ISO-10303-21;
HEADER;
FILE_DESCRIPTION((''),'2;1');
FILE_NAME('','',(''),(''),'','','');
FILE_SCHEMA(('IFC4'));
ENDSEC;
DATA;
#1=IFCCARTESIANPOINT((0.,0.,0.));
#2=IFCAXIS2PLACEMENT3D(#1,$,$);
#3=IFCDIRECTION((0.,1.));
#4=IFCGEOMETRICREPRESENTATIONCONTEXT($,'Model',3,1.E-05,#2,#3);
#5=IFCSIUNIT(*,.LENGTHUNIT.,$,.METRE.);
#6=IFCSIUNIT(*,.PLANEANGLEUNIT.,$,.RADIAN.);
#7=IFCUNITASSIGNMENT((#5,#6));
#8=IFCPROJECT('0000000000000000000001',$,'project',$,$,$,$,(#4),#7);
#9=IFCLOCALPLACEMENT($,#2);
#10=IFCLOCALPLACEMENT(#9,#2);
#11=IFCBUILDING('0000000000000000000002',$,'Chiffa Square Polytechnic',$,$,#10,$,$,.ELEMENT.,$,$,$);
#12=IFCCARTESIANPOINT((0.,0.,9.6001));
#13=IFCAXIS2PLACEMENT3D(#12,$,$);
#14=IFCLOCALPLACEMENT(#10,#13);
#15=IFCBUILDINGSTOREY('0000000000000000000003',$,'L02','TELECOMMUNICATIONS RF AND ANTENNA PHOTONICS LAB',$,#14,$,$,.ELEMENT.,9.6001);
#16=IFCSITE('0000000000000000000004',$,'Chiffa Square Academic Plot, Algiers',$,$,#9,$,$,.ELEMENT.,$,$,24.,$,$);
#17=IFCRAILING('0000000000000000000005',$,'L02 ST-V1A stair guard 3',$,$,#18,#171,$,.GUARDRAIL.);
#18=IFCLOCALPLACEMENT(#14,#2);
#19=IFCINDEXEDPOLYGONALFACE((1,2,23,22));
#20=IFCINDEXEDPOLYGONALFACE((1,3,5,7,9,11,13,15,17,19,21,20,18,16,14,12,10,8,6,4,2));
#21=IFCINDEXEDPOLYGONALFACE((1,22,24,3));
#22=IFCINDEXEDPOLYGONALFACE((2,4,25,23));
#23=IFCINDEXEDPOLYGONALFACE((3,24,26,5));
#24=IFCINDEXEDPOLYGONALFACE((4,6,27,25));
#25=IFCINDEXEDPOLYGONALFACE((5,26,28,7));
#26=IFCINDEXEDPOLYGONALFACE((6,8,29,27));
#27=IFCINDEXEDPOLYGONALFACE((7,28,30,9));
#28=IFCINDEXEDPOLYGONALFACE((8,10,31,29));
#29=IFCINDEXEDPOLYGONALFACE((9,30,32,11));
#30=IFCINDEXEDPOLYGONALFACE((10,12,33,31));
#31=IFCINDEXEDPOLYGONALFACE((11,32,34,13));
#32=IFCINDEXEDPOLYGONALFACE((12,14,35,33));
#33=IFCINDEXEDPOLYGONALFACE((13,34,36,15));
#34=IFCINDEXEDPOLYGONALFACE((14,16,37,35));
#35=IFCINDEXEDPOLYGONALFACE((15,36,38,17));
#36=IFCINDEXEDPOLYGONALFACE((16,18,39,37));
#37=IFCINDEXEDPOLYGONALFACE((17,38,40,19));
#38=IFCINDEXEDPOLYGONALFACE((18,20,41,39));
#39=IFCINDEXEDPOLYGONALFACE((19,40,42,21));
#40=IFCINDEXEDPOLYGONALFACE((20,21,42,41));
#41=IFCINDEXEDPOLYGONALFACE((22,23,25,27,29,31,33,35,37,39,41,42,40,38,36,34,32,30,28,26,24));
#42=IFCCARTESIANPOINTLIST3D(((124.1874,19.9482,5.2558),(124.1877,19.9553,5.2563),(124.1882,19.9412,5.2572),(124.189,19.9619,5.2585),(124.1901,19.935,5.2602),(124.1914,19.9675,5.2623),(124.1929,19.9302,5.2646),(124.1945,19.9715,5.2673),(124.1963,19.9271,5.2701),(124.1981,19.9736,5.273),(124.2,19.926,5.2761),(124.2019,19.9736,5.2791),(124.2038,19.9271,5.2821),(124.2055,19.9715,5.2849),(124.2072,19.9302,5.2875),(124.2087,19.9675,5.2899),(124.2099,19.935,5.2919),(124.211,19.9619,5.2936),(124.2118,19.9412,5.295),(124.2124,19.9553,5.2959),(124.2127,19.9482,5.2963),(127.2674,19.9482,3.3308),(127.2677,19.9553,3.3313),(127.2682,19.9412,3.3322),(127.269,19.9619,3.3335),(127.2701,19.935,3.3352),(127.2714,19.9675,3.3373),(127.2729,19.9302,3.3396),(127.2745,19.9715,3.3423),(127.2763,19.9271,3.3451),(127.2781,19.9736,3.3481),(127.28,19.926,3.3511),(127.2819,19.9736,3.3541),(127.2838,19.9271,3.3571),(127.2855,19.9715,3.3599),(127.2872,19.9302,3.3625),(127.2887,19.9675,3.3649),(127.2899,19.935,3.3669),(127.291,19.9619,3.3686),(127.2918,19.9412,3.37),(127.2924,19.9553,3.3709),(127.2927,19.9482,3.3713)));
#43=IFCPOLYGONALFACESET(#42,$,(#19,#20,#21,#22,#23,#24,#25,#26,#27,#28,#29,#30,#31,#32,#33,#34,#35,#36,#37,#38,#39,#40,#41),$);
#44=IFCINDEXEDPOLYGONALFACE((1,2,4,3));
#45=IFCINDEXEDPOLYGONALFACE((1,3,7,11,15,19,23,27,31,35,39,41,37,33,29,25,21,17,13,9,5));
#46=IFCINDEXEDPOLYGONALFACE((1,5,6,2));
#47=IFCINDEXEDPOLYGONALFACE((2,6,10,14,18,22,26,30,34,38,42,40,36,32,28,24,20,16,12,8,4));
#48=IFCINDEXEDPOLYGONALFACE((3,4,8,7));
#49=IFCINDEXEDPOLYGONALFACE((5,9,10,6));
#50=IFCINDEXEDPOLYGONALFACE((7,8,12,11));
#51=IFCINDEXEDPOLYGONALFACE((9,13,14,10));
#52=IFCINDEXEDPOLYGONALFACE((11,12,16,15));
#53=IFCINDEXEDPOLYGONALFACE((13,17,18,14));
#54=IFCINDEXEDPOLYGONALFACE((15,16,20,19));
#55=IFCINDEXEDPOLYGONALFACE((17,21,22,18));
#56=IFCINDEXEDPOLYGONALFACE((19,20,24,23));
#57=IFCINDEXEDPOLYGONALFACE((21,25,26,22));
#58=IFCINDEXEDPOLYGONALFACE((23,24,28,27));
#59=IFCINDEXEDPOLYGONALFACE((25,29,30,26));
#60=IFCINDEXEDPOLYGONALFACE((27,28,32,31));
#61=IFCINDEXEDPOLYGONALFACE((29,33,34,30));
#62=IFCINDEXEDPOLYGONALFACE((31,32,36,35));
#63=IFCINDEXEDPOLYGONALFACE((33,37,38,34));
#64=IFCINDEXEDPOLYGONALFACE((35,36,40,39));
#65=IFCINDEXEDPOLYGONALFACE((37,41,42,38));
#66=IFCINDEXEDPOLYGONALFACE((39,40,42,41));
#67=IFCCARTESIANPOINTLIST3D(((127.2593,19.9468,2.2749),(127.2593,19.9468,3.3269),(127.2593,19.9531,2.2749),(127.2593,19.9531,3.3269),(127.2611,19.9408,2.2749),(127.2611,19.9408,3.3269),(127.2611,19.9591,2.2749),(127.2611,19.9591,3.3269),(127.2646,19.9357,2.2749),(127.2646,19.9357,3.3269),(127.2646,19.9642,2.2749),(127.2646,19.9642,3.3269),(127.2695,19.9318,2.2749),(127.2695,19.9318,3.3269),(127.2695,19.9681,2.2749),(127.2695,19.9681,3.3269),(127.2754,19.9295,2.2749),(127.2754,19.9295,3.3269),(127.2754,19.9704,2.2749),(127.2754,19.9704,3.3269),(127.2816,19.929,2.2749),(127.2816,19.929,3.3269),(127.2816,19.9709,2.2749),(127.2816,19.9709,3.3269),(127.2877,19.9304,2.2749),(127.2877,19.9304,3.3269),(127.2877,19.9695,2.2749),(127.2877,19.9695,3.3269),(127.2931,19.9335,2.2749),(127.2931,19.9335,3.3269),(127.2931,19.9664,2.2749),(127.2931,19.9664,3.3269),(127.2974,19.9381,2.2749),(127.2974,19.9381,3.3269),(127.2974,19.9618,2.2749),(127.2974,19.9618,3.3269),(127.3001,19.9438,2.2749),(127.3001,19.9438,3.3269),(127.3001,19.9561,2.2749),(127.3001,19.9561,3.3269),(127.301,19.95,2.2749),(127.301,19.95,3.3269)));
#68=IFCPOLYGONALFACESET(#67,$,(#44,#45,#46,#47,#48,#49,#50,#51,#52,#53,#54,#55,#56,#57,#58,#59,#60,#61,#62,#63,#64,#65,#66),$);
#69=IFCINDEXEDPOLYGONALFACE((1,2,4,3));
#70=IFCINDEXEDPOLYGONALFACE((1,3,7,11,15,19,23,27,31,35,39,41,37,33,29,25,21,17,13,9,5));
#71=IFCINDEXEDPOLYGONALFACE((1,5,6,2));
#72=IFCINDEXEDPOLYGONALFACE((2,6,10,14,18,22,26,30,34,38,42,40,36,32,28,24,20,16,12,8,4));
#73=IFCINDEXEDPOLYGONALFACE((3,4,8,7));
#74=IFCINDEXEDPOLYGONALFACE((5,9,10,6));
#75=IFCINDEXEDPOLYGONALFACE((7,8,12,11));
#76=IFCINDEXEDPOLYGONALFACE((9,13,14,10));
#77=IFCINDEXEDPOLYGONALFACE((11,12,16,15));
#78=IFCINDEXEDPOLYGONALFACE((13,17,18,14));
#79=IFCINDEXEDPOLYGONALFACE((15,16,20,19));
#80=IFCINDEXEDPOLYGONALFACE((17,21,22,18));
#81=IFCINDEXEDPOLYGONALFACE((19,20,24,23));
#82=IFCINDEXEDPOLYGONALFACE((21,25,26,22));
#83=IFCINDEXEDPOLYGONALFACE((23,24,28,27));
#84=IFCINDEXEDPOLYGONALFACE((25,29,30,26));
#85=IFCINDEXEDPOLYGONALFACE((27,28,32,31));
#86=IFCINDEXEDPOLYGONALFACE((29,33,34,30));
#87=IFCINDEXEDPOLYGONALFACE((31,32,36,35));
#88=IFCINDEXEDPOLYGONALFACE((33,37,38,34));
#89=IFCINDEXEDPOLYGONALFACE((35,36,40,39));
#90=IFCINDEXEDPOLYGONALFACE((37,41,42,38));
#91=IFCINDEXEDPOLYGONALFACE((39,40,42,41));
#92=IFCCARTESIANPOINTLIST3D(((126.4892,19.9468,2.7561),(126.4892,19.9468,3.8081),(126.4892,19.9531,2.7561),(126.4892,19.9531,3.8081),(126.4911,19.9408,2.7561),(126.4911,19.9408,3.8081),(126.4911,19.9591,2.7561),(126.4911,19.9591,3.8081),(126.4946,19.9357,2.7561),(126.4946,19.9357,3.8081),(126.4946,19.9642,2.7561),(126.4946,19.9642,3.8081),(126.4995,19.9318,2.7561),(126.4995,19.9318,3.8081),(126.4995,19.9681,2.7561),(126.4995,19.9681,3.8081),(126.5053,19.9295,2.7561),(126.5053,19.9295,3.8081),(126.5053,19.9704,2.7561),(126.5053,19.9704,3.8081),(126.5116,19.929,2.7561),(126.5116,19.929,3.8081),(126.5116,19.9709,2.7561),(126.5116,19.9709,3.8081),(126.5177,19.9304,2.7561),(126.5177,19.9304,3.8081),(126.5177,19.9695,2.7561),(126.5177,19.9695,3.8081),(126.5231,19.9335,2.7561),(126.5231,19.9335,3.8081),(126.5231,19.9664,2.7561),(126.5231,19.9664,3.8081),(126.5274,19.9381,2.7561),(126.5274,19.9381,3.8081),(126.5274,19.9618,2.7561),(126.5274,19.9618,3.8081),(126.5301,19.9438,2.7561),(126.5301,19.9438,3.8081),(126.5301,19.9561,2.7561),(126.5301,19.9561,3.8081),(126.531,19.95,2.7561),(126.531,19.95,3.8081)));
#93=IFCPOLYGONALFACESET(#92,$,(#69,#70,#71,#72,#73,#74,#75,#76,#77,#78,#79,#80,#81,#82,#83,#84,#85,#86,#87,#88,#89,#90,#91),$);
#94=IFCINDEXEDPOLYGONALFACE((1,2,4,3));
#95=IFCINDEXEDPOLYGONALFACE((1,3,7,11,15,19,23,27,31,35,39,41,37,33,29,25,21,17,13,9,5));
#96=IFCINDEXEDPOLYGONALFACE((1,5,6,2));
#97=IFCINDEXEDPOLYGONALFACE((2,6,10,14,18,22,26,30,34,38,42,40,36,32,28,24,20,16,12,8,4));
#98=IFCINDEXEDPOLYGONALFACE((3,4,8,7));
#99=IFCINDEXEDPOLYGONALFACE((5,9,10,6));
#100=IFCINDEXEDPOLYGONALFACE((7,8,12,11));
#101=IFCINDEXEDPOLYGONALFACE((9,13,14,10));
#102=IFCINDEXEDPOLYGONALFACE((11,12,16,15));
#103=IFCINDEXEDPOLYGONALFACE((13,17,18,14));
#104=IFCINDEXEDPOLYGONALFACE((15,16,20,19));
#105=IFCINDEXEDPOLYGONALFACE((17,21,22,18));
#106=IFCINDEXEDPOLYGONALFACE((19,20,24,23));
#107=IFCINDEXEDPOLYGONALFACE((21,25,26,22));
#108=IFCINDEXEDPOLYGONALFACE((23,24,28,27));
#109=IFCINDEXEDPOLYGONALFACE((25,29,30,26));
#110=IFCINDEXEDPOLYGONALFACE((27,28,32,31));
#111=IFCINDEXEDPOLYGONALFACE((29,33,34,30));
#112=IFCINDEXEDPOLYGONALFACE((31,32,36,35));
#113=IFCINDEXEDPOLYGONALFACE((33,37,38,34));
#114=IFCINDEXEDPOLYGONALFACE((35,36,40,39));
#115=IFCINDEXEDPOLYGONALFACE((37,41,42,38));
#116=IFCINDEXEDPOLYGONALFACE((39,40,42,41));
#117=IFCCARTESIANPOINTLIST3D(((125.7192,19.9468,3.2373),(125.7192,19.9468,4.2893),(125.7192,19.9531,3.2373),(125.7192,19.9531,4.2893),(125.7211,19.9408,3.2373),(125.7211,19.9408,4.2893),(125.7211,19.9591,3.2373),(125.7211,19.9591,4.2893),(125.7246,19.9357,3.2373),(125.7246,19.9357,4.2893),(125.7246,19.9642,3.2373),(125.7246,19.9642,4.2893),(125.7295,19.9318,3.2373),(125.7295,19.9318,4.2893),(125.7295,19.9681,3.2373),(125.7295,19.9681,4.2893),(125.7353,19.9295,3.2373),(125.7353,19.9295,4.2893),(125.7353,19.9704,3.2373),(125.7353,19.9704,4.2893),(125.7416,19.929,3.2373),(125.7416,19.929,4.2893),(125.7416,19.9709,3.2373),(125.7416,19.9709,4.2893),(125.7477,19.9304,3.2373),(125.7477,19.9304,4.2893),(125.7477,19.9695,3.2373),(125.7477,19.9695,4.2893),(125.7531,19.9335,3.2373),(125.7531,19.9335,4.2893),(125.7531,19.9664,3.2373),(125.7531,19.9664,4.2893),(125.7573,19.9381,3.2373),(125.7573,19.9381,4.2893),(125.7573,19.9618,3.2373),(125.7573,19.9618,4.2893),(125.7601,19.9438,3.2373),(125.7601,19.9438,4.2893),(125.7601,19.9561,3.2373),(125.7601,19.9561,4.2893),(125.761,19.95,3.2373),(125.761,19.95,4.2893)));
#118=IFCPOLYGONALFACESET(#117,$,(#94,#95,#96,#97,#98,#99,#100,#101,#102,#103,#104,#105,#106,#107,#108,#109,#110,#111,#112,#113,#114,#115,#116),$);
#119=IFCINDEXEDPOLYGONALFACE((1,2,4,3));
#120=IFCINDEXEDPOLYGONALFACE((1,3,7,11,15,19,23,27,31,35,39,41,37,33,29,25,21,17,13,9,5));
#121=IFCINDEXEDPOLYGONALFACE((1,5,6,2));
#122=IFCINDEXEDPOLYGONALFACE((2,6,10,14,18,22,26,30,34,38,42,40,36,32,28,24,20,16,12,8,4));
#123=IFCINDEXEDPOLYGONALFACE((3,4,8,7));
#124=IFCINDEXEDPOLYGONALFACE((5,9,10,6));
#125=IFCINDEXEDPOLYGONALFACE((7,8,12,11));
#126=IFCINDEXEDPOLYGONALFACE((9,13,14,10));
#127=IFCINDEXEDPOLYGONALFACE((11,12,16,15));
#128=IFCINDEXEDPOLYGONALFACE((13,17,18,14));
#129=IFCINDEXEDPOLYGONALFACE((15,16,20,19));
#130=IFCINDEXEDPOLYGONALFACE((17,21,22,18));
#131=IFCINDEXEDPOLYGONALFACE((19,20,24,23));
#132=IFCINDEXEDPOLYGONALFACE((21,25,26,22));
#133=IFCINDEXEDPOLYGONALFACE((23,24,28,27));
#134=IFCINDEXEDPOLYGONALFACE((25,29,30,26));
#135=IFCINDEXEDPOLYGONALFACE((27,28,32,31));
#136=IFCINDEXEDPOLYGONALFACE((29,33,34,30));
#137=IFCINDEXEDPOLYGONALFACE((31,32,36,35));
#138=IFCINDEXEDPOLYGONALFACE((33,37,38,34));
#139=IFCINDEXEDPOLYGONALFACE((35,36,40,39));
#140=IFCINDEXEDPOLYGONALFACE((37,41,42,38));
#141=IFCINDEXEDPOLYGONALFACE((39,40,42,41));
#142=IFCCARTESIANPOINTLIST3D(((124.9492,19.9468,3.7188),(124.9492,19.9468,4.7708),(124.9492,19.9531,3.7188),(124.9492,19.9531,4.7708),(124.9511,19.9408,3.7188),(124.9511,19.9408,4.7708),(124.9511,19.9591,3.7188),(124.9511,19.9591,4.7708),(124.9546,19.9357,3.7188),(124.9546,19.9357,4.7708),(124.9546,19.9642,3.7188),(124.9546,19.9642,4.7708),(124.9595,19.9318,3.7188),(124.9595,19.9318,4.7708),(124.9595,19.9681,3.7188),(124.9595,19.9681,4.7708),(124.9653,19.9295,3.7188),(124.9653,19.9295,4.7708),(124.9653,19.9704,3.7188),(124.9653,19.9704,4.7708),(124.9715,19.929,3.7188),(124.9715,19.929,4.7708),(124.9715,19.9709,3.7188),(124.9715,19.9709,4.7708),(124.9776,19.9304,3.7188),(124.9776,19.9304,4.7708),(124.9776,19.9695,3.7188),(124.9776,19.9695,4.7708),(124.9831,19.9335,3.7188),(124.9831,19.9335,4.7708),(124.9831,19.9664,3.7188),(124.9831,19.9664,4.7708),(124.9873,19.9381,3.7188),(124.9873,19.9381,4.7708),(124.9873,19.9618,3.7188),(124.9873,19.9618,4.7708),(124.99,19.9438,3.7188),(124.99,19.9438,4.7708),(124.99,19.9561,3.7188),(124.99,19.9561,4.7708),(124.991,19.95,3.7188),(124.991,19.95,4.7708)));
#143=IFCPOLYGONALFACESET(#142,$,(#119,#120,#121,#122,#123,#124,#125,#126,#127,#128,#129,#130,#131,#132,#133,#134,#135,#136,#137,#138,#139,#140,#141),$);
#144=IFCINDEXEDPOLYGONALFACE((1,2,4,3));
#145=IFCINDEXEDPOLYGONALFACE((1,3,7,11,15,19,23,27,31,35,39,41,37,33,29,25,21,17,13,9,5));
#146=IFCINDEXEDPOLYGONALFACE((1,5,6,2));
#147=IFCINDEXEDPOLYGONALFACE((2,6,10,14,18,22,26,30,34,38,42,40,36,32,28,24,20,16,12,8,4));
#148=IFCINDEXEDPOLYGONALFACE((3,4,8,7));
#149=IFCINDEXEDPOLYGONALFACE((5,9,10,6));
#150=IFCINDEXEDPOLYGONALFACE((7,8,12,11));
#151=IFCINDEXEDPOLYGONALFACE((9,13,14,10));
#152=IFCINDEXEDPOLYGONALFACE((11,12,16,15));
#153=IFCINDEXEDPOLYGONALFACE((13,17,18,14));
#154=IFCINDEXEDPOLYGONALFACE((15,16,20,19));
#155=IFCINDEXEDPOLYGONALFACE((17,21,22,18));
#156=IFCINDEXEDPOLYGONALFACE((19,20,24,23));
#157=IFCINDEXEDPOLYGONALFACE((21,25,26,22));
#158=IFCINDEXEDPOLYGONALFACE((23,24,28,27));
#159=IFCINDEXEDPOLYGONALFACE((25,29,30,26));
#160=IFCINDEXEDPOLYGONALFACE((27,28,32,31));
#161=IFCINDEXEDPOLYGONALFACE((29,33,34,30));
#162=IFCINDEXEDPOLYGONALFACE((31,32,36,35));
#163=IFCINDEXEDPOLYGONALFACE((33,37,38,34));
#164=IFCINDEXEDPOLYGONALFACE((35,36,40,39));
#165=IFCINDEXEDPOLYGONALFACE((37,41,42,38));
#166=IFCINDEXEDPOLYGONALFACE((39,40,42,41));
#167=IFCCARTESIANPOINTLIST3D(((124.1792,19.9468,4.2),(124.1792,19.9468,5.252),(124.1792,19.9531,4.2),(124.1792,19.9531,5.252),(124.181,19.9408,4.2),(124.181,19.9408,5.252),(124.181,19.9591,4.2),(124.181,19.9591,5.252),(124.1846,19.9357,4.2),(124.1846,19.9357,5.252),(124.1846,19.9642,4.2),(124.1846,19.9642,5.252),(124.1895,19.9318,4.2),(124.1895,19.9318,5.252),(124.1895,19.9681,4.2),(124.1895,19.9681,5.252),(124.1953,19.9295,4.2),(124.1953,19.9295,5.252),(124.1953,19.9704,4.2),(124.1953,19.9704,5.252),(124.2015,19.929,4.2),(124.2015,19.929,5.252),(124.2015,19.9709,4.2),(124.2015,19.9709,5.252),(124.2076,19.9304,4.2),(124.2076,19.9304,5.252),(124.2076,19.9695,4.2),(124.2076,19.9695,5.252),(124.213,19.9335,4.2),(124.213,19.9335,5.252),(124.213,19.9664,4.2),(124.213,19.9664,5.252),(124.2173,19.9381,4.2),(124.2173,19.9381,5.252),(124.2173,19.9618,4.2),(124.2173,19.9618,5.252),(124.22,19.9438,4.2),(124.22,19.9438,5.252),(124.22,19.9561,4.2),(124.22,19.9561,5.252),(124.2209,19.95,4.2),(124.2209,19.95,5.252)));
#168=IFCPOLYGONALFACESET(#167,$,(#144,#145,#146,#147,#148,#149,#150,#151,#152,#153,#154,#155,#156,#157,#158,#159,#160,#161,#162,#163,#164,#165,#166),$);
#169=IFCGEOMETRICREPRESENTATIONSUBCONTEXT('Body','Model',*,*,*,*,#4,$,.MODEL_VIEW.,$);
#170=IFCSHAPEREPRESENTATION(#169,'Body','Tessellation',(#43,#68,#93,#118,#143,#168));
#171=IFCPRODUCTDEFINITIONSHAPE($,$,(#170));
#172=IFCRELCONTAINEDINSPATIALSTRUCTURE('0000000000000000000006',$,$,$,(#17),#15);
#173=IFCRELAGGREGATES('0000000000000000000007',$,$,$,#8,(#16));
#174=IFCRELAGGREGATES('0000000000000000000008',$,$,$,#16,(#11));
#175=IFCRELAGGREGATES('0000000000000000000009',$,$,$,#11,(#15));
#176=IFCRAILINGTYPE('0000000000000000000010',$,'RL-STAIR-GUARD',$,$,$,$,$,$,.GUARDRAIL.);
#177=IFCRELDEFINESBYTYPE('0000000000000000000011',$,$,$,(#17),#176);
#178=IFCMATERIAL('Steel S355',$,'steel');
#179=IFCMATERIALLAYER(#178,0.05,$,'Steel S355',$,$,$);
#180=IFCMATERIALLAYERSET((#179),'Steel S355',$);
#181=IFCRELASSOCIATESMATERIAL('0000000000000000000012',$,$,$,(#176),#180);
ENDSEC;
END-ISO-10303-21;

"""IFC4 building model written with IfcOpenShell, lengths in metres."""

from ifc_helpers import new_model, si_unit, direction, frame, origin, origin_2d, place, context, subcontext, project, spatial, circle, extrude, material, layer, layer_set, type_object, element, save


model = new_model("IFC4")

# Units and contexts
model_context = context("Model", 3, precision=1e-05, world=origin(), true_north=direction((0.0, 1.0)))
body_context = subcontext(model_context, "Body", "Model", "MODEL_VIEW")
ifc_project = project(units=[si_unit("LENGTHUNIT", "METRE"), si_unit("PLANEANGLEUNIT", "RADIAN")], contexts=[model_context])

# Site, building, storey
site_placement = place(None, origin())
site = spatial("IfcSite", under=ifc_project, at=site_placement, Name="Chiffa Square Academic Plot, Algiers", CompositionType="ELEMENT", RefElevation=24.0)
building_placement = place(site_placement, origin())
building = spatial("IfcBuilding", under=site, at=building_placement, Name="Chiffa Square Polytechnic", CompositionType="ELEMENT")
storey_placement = place(building_placement, frame((0.0, 0.0, 9.6001)))
storey = spatial("IfcBuildingStorey", under=building, at=storey_placement, Name="L02", Description="TELECOMMUNICATIONS RF AND ANTENNA PHOTONICS LAB", CompositionType="ELEMENT", Elevation=9.6001)

# Railing
ifc_material_1 = material(Name="Steel S355", Category="steel")
ifc_layer_1 = layer(ifc_material_1, 0.05, Name="Steel S355")
ifc_layer_set_1 = layer_set([ifc_layer_1], Name="Steel S355")
railing_type_1 = type_object("IfcRailingType", Name="RL-STAIR-GUARD", PredefinedType="GUARDRAIL", material=ifc_layer_set_1)
railing_1_placement = place(storey_placement, frame((127.28, 19.95, 2.2749)))
element("IfcRailing", 1, at=railing_1_placement, inside=storey, type_object=railing_type_1, Name="L02 ST-V1A stair guard 3", PredefinedType="GUARDRAIL", context=body_context, shape_type="SweptSolid", body=[
    extrude(circle(Radius=0.0239, at=origin_2d()), frame((0.0, 0.0, 1.0762), z_axis=(-0.847998, 0.0, 0.529999), x_axis=(0.0, -1.0, 0.0)), (0.0, 0.0, 1.0), 3.6321),
    extrude(circle(Radius=0.021, at=origin_2d()), origin(), (0.0, 0.0, 1.0), 1.052),
    extrude(circle(Radius=0.021, at=origin_2d()), frame((-0.77, 0.0, 0.4812)), (0.0, 0.0, 1.0), 1.052),
    extrude(circle(Radius=0.021, at=origin_2d()), frame((-1.54, 0.0, 0.9624)), (0.0, 0.0, 1.0), 1.052),
    extrude(circle(Radius=0.021, at=origin_2d()), frame((-2.3101, 0.0, 1.4438)), (0.0, 0.0, 1.0), 1.052),
    extrude(circle(Radius=0.021, at=origin_2d()), frame((-3.0801, 0.0, 1.925)), (0.0, 0.0, 1.0), 1.052),
])

save(model, "model.ifc")
